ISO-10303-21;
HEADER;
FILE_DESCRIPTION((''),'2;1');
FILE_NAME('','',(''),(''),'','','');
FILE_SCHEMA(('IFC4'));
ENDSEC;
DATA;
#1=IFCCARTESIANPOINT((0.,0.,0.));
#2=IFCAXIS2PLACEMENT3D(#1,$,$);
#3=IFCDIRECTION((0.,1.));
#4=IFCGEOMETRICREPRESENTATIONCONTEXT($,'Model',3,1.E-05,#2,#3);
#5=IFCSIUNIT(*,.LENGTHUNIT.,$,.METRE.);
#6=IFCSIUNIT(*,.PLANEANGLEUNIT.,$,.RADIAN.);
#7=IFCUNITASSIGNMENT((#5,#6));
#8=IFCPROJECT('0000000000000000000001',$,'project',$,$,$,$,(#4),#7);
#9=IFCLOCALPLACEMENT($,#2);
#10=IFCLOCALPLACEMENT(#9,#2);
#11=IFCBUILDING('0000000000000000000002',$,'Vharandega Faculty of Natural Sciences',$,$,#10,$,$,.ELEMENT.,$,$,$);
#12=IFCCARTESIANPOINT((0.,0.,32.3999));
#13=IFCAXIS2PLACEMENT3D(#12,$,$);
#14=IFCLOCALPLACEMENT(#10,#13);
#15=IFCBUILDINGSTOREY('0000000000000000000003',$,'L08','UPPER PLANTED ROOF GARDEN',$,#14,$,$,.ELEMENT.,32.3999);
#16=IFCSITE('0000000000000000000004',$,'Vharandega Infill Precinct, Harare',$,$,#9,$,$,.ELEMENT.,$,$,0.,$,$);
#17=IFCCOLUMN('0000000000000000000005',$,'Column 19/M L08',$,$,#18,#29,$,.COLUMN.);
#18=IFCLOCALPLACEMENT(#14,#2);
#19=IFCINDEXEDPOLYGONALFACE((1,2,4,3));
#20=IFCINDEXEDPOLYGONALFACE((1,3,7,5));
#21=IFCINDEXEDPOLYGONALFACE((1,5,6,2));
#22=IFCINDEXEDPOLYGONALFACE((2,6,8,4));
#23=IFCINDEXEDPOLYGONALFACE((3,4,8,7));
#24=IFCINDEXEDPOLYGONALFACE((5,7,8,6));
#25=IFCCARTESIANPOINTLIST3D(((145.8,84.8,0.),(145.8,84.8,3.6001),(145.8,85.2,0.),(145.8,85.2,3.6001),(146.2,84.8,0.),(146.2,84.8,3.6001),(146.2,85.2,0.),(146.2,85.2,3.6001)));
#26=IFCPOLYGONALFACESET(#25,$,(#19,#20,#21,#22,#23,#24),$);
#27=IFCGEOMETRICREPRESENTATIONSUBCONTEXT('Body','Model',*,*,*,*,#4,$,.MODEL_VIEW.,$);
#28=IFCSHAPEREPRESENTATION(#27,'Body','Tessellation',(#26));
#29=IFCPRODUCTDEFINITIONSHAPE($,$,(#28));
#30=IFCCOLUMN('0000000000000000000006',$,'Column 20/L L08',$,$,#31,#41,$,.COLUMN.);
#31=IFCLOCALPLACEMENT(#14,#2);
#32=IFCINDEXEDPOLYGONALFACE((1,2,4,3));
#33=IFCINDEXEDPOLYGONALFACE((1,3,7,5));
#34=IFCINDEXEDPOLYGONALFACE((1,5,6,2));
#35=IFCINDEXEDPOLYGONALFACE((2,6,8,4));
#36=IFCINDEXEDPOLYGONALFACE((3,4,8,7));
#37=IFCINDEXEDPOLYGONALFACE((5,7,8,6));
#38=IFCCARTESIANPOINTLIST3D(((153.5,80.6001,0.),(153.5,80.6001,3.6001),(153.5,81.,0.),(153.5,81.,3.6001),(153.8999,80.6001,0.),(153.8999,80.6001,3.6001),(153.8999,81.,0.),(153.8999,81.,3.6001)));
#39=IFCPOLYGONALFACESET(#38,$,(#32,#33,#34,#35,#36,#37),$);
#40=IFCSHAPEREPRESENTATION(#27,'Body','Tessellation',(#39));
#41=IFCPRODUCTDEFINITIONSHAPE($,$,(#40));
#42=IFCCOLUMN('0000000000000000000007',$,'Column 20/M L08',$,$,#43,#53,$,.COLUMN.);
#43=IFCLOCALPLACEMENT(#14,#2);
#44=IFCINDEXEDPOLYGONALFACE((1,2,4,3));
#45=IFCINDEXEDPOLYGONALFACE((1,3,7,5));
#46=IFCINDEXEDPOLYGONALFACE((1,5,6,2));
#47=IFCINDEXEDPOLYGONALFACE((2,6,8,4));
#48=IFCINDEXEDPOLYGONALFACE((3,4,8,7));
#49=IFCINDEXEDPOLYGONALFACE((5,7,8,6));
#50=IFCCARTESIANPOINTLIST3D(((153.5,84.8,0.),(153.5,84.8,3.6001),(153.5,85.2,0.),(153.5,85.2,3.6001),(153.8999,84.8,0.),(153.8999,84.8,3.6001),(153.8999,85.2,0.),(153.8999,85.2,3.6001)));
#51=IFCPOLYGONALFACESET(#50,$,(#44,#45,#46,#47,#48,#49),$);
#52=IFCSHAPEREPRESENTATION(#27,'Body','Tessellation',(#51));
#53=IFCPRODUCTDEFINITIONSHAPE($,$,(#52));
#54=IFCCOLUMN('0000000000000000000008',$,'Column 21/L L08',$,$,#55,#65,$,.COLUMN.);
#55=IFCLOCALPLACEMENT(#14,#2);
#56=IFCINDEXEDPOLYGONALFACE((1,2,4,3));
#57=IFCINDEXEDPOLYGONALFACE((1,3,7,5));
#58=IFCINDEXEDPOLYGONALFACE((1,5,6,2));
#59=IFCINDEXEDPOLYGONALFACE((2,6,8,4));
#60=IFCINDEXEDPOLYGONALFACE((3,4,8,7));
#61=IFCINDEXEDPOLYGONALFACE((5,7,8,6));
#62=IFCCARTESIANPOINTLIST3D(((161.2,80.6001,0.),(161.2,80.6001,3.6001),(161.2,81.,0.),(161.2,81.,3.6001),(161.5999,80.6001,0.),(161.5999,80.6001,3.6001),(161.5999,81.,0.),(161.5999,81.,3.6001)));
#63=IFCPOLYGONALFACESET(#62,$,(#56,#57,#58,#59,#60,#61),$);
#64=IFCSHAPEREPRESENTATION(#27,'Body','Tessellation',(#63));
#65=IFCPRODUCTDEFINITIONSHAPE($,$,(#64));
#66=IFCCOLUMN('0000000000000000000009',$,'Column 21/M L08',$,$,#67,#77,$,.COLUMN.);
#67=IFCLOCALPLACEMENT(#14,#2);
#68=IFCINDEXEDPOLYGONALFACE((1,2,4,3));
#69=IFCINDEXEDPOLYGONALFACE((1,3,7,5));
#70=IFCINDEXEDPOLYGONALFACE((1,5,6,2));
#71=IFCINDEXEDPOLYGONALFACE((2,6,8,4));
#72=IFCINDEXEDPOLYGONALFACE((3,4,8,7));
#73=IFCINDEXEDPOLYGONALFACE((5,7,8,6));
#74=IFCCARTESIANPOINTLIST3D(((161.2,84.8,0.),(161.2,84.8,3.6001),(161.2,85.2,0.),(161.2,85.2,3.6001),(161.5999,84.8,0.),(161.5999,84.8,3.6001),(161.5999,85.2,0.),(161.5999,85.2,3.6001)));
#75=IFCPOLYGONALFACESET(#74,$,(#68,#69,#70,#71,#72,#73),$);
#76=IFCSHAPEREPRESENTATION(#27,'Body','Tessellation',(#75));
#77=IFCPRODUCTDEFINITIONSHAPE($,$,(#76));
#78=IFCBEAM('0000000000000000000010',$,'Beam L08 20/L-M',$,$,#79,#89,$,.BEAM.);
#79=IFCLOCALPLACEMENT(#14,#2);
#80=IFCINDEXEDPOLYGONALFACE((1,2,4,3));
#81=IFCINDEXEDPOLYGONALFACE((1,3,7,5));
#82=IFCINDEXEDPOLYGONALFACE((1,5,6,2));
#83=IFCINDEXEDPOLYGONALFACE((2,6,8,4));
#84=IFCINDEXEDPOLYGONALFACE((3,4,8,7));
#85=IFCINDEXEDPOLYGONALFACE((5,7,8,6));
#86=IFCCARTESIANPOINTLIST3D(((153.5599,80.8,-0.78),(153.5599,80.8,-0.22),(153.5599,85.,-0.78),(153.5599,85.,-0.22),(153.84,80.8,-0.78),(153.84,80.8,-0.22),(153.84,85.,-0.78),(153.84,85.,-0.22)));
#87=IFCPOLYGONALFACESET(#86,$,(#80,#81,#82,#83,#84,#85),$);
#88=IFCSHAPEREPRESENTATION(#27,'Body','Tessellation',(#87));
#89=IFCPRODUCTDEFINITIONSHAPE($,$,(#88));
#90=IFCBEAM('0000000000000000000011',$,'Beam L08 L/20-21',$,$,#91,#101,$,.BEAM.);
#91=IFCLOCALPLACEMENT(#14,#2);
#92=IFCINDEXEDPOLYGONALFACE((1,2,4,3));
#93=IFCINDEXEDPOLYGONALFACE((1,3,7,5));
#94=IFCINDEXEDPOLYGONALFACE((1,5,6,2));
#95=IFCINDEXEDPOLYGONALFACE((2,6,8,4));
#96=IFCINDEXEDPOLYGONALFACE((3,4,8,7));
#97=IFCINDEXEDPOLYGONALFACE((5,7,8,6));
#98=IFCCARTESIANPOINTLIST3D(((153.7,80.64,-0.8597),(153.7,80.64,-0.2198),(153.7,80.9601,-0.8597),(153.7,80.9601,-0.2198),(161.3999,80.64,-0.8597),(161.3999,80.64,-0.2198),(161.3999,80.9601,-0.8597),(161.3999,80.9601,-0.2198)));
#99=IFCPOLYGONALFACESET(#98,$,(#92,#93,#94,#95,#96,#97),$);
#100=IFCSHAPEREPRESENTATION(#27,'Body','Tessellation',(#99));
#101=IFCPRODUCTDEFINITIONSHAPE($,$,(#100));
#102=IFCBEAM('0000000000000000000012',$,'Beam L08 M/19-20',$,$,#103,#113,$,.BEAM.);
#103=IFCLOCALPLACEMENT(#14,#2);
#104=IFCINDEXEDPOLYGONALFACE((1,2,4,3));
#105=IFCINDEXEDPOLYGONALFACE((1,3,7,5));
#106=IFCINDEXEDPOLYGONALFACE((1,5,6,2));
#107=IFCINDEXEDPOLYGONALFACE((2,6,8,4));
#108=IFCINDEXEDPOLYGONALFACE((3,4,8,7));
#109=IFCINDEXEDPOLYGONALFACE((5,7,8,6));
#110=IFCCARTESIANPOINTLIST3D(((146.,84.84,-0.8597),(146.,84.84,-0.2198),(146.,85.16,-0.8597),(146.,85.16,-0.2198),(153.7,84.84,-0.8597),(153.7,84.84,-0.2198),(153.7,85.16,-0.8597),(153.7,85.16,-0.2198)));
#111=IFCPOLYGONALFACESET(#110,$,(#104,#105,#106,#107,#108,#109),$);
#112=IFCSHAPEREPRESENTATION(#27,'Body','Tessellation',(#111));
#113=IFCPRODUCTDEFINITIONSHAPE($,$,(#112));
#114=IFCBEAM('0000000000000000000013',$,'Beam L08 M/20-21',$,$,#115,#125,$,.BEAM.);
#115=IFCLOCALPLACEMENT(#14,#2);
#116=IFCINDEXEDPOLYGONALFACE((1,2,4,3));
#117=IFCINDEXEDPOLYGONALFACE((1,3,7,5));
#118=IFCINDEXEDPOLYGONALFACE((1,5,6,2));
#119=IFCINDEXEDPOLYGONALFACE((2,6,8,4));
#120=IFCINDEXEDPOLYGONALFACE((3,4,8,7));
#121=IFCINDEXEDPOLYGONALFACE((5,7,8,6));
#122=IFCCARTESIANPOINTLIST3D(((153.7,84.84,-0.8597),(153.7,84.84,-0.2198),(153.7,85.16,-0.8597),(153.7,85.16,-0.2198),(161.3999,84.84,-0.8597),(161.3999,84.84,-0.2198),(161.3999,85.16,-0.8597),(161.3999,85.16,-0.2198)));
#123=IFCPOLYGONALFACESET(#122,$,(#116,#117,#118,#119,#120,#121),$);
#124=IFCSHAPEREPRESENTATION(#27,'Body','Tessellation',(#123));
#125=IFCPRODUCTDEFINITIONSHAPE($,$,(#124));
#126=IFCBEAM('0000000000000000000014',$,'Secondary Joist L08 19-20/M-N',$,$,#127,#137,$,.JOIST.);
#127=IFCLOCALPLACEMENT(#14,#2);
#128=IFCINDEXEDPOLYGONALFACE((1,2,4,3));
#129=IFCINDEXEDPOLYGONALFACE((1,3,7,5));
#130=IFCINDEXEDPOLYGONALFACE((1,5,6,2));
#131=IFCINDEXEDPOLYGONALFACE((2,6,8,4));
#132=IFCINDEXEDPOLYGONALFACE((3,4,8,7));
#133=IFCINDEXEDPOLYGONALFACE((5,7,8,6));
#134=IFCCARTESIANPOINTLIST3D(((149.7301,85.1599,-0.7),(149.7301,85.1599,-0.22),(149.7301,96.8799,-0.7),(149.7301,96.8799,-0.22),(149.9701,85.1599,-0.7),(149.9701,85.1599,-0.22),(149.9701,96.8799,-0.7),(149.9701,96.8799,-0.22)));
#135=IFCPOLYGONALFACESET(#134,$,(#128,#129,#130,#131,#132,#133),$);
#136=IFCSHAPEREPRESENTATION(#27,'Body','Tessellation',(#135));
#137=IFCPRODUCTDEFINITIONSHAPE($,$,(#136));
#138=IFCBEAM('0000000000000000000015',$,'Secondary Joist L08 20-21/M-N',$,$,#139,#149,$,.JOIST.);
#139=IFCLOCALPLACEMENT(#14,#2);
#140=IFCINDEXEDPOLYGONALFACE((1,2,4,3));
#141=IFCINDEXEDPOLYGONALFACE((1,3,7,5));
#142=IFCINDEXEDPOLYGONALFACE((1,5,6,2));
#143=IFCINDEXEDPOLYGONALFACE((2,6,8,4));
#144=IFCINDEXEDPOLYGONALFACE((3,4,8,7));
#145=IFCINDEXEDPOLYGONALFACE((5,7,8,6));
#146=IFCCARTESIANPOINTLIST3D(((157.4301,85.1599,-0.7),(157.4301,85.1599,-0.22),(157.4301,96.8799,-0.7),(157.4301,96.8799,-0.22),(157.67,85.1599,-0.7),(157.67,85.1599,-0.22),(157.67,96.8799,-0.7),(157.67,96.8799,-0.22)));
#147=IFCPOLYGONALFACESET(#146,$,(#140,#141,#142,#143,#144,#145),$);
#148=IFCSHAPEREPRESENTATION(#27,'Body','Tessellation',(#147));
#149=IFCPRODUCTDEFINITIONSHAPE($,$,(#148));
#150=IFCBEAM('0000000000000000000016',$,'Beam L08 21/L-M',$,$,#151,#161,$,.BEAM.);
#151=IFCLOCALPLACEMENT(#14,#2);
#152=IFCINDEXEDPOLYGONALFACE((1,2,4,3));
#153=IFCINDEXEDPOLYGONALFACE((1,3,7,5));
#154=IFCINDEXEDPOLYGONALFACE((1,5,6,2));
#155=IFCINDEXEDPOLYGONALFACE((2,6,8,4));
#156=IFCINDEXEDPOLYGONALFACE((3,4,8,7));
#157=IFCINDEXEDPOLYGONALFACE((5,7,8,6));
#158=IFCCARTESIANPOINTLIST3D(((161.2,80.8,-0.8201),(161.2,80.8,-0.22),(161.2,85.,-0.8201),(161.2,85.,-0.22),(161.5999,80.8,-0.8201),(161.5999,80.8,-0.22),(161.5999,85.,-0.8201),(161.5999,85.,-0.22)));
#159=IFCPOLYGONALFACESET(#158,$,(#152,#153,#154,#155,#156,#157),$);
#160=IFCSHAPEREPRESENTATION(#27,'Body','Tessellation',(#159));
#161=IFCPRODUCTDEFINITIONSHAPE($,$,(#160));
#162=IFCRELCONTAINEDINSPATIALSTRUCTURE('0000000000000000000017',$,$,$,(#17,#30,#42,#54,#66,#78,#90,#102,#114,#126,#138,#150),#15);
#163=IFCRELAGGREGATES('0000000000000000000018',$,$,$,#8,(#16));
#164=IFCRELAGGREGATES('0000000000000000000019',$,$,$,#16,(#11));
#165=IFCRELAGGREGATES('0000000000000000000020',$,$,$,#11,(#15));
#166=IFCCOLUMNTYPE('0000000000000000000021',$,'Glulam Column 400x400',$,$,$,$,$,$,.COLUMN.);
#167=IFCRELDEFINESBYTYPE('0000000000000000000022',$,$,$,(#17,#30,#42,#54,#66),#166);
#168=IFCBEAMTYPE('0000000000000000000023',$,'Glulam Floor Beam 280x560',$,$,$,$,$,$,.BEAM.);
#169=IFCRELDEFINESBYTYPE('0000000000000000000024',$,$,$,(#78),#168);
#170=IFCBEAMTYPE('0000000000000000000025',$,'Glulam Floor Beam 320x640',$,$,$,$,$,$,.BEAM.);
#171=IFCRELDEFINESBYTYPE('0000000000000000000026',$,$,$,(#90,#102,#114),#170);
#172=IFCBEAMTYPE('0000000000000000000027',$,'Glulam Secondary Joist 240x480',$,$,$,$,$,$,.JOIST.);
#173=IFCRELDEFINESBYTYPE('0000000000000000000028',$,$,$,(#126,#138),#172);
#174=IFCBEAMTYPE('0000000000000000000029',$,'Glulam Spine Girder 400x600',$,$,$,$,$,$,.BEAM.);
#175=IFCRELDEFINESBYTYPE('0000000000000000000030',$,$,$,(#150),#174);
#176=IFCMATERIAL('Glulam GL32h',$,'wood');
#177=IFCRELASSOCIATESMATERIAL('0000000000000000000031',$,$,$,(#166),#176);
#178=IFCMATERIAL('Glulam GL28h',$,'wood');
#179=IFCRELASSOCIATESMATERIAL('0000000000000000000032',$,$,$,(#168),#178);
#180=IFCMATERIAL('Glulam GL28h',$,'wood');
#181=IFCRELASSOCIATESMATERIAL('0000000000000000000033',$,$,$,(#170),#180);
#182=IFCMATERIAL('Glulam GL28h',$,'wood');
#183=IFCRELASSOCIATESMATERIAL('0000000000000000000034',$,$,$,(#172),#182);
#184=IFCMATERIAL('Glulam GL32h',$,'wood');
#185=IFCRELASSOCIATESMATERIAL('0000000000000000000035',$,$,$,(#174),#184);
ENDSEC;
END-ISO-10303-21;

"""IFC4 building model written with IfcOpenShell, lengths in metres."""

from ifc_helpers import new_model, si_unit, direction, frame, origin, origin_2d, place, context, subcontext, project, spatial, rectangle, extrude, material, material_profile, profile_set, type_object, element, save


model = new_model("IFC4")

# Units and contexts
model_context = context("Model", 3, precision=1e-05, world=origin(), true_north=direction((0.0, 1.0)))
body_context = subcontext(model_context, "Body", "Model", "MODEL_VIEW")
ifc_project = project(units=[si_unit("LENGTHUNIT", "METRE"), si_unit("PLANEANGLEUNIT", "RADIAN")], contexts=[model_context])

# Site, building, storey
site_placement = place(None, origin())
site = spatial("IfcSite", under=ifc_project, at=site_placement, Name="Vharandega Infill Precinct, Harare", CompositionType="ELEMENT", RefElevation=0.0)
building_placement = place(site_placement, origin())
building = spatial("IfcBuilding", under=site, at=building_placement, Name="Vharandega Faculty of Natural Sciences", CompositionType="ELEMENT")
storey_placement = place(building_placement, frame((0.0, 0.0, 32.3999)))
storey = spatial("IfcBuildingStorey", under=building, at=storey_placement, Name="L08", Description="UPPER PLANTED ROOF GARDEN", CompositionType="ELEMENT", Elevation=32.3999)

# Columns
ifc_material_1 = material(Name="Glulam GL32h", Category="wood")
ifc_material_profile_1 = material_profile(ifc_material_1, rectangle(XDim=0.3999, YDim=0.3999, at=origin_2d()), Name="GL32h 400x400")
ifc_profile_set_1 = profile_set([ifc_material_profile_1], Name="Glulam GL32h")
column_type = type_object("IfcColumnType", Name="Glulam Column 400x400", PredefinedType="COLUMN", material=ifc_profile_set_1)
for number, where, z_axis, x_axis, name in (
    (1, (146.0, 85.0, 0.0), (0.0, 0.0, 1.0), (1.0, 0.0, 0.0), "Column 19/M L08"),
    (2, (153.7, 80.8, 0.0), (0.0, 0.0, 1.0), (1.0, 0.0, 0.0), "Column 20/L L08"),
    (3, (153.7, 85.0, 0.0), (0.0, 0.0, 1.0), (1.0, 0.0, 0.0), "Column 20/M L08"),
    (4, (161.3999, 80.8, 0.0), (0.0, 0.0, 1.0), (1.0, 0.0, 0.0), "Column 21/L L08"),
    (5, (161.3999, 85.0, 0.0), (0.0, 0.0, 1.0), (1.0, 0.0, 0.0), "Column 21/M L08"),
):
    element("IfcColumn", number, at=place(storey_placement, frame(where, z_axis=z_axis, x_axis=x_axis)), inside=storey, type_object=column_type, Name=name, PredefinedType="COLUMN", context=body_context, shape_type="SweptSolid", body=[
        extrude(rectangle(XDim=0.3999, YDim=0.3999, at=origin_2d()), origin(), (0.0, 0.0, 1.0), 3.6001),
    ])

# Beams
ifc_material_2 = material(Name="Glulam GL28h", Category="wood")
ifc_material_profile_2 = material_profile(ifc_material_2, rectangle(XDim=0.28, YDim=0.5601, at=origin_2d()), Name="GL28h 280x560")
ifc_profile_set_2 = profile_set([ifc_material_profile_2], Name="Glulam GL28h")
beam_type_1 = type_object("IfcBeamType", Name="Glulam Floor Beam 280x560", PredefinedType="BEAM", material=ifc_profile_set_2)
beam_1_placement = place(storey_placement, frame((153.7, 80.8, -0.5), z_axis=(0.0, 1.0, 0.0), x_axis=(-1.0, 0.0, 0.0)))
element("IfcBeam", 6, at=beam_1_placement, inside=storey, type_object=beam_type_1, Name="Beam L08 20/L-M", PredefinedType="BEAM", context=body_context, shape_type="SweptSolid", body=[
    extrude(rectangle(XDim=0.28, YDim=0.5601, at=origin_2d()), origin(), (0.0, 0.0, 1.0), 4.2),
])
ifc_material_3 = material(Name="Glulam GL28h", Category="wood")
ifc_material_profile_3 = material_profile(ifc_material_3, rectangle(XDim=0.3201, YDim=0.6399, at=origin_2d()), Name="GL28h 320x640")
ifc_profile_set_3 = profile_set([ifc_material_profile_3], Name="Glulam GL28h")
beam_type_2 = type_object("IfcBeamType", Name="Glulam Floor Beam 320x640", PredefinedType="BEAM", material=ifc_profile_set_3)
for number, where, z_axis, x_axis, name in (
    (7, (153.7, 80.8, -0.5398), (1.0, 0.0, 0.0), (0.0, 1.0, 0.0), "Beam L08 L/20-21"),
    (8, (146.0, 85.0, -0.5398), (1.0, 0.0, 0.0), (0.0, 1.0, 0.0), "Beam L08 M/19-20"),
    (9, (153.7, 85.0, -0.5398), (1.0, 0.0, 0.0), (0.0, 1.0, 0.0), "Beam L08 M/20-21"),
):
    element("IfcBeam", number, at=place(storey_placement, frame(where, z_axis=z_axis, x_axis=x_axis)), inside=storey, type_object=beam_type_2, Name=name, PredefinedType="BEAM", context=body_context, shape_type="SweptSolid", body=[
        extrude(rectangle(XDim=0.3201, YDim=0.6399, at=origin_2d()), origin(), (0.0, 0.0, 1.0), 7.7),
    ])
ifc_material_4 = material(Name="Glulam GL28h", Category="wood")
ifc_material_profile_4 = material_profile(ifc_material_4, rectangle(XDim=0.24, YDim=0.48, at=origin_2d()), Name="GL28h 240x480")
ifc_profile_set_4 = profile_set([ifc_material_profile_4], Name="Glulam GL28h")
beam_type_3 = type_object("IfcBeamType", Name="Glulam Secondary Joist 240x480", PredefinedType="JOIST", material=ifc_profile_set_4)
for number, where, z_axis, x_axis, name in (
    (10, (149.8501, 85.1599, -0.46), (0.0, 1.0, 0.0), (-1.0, 0.0, 0.0), "Secondary Joist L08 19-20/M-N"),
    (11, (157.55, 85.1599, -0.46), (0.0, 1.0, 0.0), (-1.0, 0.0, 0.0), "Secondary Joist L08 20-21/M-N"),
):
    element("IfcBeam", number, at=place(storey_placement, frame(where, z_axis=z_axis, x_axis=x_axis)), inside=storey, type_object=beam_type_3, Name=name, PredefinedType="JOIST", context=body_context, shape_type="SweptSolid", body=[
        extrude(rectangle(XDim=0.24, YDim=0.48, at=origin_2d()), origin(), (0.0, 0.0, 1.0), 11.72),
    ])
ifc_material_5 = material(Name="Glulam GL32h", Category="wood")
ifc_material_profile_5 = material_profile(ifc_material_5, rectangle(XDim=0.3999, YDim=0.6001, at=origin_2d()), Name="GL32h 400x600")
ifc_profile_set_5 = profile_set([ifc_material_profile_5], Name="Glulam GL32h")
beam_type_4 = type_object("IfcBeamType", Name="Glulam Spine Girder 400x600", PredefinedType="BEAM", material=ifc_profile_set_5)
beam_2_placement = place(storey_placement, frame((161.3999, 80.8, -0.52), z_axis=(0.0, 1.0, 0.0), x_axis=(-1.0, 0.0, 0.0)))
element("IfcBeam", 12, at=beam_2_placement, inside=storey, type_object=beam_type_4, Name="Beam L08 21/L-M", PredefinedType="BEAM", context=body_context, shape_type="SweptSolid", body=[
    extrude(rectangle(XDim=0.3999, YDim=0.6001, at=origin_2d()), origin(), (0.0, 0.0, 1.0), 4.2),
])

save(model, "model.ifc")
